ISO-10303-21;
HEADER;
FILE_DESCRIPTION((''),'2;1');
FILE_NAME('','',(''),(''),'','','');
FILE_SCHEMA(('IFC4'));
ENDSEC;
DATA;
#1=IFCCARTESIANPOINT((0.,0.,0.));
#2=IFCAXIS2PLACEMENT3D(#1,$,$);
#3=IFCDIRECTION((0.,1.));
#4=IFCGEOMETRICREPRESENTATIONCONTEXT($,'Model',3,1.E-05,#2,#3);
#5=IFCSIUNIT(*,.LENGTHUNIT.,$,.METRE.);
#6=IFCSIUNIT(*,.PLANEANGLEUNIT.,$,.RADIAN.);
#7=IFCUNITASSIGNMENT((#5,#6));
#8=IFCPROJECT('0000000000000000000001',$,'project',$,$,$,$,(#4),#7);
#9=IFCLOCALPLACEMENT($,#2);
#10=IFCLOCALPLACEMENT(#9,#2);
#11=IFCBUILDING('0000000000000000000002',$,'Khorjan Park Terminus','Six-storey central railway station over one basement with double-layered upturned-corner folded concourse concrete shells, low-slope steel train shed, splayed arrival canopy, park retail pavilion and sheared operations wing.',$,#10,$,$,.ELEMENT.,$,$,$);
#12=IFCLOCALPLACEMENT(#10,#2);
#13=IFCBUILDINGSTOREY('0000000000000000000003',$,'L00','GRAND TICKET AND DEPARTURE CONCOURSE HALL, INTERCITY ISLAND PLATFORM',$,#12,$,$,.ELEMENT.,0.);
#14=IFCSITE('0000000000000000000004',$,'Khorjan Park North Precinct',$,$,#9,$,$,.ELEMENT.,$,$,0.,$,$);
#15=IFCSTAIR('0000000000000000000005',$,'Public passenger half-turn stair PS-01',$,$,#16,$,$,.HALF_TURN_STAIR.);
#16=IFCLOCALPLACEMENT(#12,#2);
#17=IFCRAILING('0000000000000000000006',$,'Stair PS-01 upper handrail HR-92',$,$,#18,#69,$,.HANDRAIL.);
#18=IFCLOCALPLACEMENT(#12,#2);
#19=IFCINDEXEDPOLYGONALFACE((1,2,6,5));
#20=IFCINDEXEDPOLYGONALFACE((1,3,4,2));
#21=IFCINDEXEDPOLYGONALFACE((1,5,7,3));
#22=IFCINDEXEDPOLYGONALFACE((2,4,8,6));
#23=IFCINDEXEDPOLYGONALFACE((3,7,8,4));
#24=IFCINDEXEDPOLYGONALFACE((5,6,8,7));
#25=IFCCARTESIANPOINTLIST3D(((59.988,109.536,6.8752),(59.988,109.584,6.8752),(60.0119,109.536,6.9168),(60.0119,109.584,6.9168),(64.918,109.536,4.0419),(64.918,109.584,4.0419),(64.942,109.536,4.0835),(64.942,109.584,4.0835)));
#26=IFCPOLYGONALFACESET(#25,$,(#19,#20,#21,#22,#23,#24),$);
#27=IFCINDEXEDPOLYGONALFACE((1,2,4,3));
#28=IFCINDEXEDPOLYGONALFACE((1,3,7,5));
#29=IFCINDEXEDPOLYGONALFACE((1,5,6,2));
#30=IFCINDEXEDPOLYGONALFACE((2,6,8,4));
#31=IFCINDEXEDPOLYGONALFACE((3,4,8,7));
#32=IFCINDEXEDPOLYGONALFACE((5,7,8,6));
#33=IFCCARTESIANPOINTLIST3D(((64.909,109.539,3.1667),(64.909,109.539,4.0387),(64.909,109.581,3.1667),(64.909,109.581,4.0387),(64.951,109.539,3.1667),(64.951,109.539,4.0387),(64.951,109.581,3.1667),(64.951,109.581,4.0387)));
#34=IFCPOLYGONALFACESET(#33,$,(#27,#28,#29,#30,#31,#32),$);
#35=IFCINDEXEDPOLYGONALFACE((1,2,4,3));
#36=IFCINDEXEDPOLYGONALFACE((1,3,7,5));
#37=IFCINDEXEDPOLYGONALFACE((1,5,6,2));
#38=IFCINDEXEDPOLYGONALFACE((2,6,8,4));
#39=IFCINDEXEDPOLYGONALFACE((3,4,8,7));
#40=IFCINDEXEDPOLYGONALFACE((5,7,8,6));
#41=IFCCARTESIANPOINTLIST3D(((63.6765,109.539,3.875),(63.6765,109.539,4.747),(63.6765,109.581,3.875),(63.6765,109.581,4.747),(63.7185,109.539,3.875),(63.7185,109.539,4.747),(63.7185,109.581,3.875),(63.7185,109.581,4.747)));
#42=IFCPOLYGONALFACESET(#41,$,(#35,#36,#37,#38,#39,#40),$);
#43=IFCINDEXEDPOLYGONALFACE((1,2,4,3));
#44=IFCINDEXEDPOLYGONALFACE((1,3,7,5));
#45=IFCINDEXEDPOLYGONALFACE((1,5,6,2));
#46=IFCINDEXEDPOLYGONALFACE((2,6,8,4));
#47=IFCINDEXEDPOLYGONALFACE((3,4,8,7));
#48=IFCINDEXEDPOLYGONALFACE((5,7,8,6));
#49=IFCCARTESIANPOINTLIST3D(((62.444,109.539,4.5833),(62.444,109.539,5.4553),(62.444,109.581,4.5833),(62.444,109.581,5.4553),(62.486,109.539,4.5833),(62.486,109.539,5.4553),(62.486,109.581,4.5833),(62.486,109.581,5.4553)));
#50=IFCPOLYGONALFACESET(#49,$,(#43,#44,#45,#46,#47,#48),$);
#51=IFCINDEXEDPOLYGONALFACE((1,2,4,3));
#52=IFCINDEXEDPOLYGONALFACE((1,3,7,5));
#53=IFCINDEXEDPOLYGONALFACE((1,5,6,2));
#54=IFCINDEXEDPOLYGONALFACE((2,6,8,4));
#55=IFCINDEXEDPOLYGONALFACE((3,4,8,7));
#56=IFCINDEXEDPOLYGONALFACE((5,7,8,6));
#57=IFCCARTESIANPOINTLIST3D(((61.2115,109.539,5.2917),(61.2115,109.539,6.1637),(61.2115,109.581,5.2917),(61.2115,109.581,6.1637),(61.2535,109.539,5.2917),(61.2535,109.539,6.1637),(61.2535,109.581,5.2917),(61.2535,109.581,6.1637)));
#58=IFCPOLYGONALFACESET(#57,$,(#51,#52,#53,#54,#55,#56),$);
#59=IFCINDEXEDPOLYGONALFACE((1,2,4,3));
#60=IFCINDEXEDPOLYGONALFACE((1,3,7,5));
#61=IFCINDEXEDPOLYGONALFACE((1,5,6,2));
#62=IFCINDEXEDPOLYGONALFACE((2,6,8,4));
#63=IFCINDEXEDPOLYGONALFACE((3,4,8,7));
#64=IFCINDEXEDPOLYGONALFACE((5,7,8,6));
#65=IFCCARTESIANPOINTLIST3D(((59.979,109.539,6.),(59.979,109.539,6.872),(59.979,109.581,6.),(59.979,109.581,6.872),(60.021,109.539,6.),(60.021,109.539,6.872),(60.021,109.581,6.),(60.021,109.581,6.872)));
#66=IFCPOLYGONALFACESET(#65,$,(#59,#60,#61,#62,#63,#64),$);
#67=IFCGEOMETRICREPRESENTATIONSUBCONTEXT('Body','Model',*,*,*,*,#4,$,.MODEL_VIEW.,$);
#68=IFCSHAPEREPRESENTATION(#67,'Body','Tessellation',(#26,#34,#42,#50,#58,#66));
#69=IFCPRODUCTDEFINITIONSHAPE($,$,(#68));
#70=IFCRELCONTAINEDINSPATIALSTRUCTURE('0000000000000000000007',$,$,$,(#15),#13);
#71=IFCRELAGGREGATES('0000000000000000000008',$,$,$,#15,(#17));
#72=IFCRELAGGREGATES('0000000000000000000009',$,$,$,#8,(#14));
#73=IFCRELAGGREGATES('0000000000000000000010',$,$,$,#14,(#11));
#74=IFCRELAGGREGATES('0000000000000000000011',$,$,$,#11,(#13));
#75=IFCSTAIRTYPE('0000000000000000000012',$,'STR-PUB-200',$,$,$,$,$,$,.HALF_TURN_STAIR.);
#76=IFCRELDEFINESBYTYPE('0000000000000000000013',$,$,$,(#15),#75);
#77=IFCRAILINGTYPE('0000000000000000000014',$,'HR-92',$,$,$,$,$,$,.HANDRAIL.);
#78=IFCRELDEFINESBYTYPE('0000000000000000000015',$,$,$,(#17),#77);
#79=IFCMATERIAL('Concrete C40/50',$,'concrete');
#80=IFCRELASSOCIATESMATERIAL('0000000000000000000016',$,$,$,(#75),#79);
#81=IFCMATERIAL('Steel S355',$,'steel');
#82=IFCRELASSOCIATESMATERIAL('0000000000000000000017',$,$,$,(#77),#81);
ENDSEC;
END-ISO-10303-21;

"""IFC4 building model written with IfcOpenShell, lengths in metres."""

from ifc_helpers import new_model, si_unit, direction, frame, origin, origin_2d, place, context, subcontext, project, spatial, rectangle, extrude, material, type_object, element, aggregate, save


model = new_model("IFC4")

# Units and contexts
model_context = context("Model", 3, precision=1e-05, world=origin(), true_north=direction((0.0, 1.0)))
body_context = subcontext(model_context, "Body", "Model", "MODEL_VIEW")
ifc_project = project(units=[si_unit("LENGTHUNIT", "METRE"), si_unit("PLANEANGLEUNIT", "RADIAN")], contexts=[model_context])

# Site, building, storey
site_placement = place(None, origin())
site = spatial("IfcSite", under=ifc_project, at=site_placement, Name="Khorjan Park North Precinct", CompositionType="ELEMENT", RefElevation=0.0)
building_placement = place(site_placement, origin())
building = spatial("IfcBuilding", under=site, at=building_placement, Name="Khorjan Park Terminus", Description="Six-storey central railway station over one basement with double-layered upturned-corner folded concourse concrete shells, low-slope steel train shed, splayed arrival canopy, park retail pavilion and sheared operations wing.", CompositionType="ELEMENT")
storey_placement = place(building_placement, origin())
storey = spatial("IfcBuildingStorey", under=building, at=storey_placement, Name="L00", Description="GRAND TICKET AND DEPARTURE CONCOURSE HALL, INTERCITY ISLAND PLATFORM", CompositionType="ELEMENT", Elevation=0.0)

# Shared definitions
ifc_material_1 = material(Name="Steel S355", Category="steel")
ifc_material_2 = material(Name="Concrete C40/50", Category="concrete")

# Stair, railing
stair_type = type_object("IfcStairType", Name="STR-PUB-200", PredefinedType="HALF_TURN_STAIR", material=ifc_material_2)
stair_placement = place(storey_placement, origin())
stair = element("IfcStair", 1, at=stair_placement, inside=storey, type_object=stair_type, Name="Public passenger half-turn stair PS-01", PredefinedType="HALF_TURN_STAIR")
railing_type_1 = type_object("IfcRailingType", Name="HR-92", PredefinedType="HANDRAIL", material=ifc_material_1)
railing_1_placement = place(storey_placement, frame((64.93, 109.56, 3.1667)))
railing_1 = element("IfcRailing", 2, at=railing_1_placement, type_object=railing_type_1, Name="Stair PS-01 upper handrail HR-92", PredefinedType="HANDRAIL", context=body_context, shape_type="SweptSolid", body=[
    extrude(rectangle(XDim=0.048, YDim=0.048, at=origin_2d()), frame((0.0, 0.0, 0.896), z_axis=(-0.867016, 0.0, 0.498279), x_axis=(0.0, -1.0, 0.0)), (0.0, 0.0, 1.0), 5.6862),
    extrude(rectangle(XDim=0.042, YDim=0.042, at=origin_2d()), origin(), (0.0, 0.0, 1.0), 0.872),
    extrude(rectangle(XDim=0.042, YDim=0.042, at=origin_2d()), frame((-1.2325, 0.0, 0.7083)), (0.0, 0.0, 1.0), 0.872),
    extrude(rectangle(XDim=0.042, YDim=0.042, at=origin_2d()), frame((-2.465, 0.0, 1.4166)), (0.0, 0.0, 1.0), 0.872),
    extrude(rectangle(XDim=0.042, YDim=0.042, at=origin_2d()), frame((-3.6975, 0.0, 2.125)), (0.0, 0.0, 1.0), 0.872),
    extrude(rectangle(XDim=0.042, YDim=0.042, at=origin_2d()), frame((-4.93, 0.0, 2.8333)), (0.0, 0.0, 1.0), 0.872),
])
aggregate(stair, [railing_1])

save(model, "model.ifc")
